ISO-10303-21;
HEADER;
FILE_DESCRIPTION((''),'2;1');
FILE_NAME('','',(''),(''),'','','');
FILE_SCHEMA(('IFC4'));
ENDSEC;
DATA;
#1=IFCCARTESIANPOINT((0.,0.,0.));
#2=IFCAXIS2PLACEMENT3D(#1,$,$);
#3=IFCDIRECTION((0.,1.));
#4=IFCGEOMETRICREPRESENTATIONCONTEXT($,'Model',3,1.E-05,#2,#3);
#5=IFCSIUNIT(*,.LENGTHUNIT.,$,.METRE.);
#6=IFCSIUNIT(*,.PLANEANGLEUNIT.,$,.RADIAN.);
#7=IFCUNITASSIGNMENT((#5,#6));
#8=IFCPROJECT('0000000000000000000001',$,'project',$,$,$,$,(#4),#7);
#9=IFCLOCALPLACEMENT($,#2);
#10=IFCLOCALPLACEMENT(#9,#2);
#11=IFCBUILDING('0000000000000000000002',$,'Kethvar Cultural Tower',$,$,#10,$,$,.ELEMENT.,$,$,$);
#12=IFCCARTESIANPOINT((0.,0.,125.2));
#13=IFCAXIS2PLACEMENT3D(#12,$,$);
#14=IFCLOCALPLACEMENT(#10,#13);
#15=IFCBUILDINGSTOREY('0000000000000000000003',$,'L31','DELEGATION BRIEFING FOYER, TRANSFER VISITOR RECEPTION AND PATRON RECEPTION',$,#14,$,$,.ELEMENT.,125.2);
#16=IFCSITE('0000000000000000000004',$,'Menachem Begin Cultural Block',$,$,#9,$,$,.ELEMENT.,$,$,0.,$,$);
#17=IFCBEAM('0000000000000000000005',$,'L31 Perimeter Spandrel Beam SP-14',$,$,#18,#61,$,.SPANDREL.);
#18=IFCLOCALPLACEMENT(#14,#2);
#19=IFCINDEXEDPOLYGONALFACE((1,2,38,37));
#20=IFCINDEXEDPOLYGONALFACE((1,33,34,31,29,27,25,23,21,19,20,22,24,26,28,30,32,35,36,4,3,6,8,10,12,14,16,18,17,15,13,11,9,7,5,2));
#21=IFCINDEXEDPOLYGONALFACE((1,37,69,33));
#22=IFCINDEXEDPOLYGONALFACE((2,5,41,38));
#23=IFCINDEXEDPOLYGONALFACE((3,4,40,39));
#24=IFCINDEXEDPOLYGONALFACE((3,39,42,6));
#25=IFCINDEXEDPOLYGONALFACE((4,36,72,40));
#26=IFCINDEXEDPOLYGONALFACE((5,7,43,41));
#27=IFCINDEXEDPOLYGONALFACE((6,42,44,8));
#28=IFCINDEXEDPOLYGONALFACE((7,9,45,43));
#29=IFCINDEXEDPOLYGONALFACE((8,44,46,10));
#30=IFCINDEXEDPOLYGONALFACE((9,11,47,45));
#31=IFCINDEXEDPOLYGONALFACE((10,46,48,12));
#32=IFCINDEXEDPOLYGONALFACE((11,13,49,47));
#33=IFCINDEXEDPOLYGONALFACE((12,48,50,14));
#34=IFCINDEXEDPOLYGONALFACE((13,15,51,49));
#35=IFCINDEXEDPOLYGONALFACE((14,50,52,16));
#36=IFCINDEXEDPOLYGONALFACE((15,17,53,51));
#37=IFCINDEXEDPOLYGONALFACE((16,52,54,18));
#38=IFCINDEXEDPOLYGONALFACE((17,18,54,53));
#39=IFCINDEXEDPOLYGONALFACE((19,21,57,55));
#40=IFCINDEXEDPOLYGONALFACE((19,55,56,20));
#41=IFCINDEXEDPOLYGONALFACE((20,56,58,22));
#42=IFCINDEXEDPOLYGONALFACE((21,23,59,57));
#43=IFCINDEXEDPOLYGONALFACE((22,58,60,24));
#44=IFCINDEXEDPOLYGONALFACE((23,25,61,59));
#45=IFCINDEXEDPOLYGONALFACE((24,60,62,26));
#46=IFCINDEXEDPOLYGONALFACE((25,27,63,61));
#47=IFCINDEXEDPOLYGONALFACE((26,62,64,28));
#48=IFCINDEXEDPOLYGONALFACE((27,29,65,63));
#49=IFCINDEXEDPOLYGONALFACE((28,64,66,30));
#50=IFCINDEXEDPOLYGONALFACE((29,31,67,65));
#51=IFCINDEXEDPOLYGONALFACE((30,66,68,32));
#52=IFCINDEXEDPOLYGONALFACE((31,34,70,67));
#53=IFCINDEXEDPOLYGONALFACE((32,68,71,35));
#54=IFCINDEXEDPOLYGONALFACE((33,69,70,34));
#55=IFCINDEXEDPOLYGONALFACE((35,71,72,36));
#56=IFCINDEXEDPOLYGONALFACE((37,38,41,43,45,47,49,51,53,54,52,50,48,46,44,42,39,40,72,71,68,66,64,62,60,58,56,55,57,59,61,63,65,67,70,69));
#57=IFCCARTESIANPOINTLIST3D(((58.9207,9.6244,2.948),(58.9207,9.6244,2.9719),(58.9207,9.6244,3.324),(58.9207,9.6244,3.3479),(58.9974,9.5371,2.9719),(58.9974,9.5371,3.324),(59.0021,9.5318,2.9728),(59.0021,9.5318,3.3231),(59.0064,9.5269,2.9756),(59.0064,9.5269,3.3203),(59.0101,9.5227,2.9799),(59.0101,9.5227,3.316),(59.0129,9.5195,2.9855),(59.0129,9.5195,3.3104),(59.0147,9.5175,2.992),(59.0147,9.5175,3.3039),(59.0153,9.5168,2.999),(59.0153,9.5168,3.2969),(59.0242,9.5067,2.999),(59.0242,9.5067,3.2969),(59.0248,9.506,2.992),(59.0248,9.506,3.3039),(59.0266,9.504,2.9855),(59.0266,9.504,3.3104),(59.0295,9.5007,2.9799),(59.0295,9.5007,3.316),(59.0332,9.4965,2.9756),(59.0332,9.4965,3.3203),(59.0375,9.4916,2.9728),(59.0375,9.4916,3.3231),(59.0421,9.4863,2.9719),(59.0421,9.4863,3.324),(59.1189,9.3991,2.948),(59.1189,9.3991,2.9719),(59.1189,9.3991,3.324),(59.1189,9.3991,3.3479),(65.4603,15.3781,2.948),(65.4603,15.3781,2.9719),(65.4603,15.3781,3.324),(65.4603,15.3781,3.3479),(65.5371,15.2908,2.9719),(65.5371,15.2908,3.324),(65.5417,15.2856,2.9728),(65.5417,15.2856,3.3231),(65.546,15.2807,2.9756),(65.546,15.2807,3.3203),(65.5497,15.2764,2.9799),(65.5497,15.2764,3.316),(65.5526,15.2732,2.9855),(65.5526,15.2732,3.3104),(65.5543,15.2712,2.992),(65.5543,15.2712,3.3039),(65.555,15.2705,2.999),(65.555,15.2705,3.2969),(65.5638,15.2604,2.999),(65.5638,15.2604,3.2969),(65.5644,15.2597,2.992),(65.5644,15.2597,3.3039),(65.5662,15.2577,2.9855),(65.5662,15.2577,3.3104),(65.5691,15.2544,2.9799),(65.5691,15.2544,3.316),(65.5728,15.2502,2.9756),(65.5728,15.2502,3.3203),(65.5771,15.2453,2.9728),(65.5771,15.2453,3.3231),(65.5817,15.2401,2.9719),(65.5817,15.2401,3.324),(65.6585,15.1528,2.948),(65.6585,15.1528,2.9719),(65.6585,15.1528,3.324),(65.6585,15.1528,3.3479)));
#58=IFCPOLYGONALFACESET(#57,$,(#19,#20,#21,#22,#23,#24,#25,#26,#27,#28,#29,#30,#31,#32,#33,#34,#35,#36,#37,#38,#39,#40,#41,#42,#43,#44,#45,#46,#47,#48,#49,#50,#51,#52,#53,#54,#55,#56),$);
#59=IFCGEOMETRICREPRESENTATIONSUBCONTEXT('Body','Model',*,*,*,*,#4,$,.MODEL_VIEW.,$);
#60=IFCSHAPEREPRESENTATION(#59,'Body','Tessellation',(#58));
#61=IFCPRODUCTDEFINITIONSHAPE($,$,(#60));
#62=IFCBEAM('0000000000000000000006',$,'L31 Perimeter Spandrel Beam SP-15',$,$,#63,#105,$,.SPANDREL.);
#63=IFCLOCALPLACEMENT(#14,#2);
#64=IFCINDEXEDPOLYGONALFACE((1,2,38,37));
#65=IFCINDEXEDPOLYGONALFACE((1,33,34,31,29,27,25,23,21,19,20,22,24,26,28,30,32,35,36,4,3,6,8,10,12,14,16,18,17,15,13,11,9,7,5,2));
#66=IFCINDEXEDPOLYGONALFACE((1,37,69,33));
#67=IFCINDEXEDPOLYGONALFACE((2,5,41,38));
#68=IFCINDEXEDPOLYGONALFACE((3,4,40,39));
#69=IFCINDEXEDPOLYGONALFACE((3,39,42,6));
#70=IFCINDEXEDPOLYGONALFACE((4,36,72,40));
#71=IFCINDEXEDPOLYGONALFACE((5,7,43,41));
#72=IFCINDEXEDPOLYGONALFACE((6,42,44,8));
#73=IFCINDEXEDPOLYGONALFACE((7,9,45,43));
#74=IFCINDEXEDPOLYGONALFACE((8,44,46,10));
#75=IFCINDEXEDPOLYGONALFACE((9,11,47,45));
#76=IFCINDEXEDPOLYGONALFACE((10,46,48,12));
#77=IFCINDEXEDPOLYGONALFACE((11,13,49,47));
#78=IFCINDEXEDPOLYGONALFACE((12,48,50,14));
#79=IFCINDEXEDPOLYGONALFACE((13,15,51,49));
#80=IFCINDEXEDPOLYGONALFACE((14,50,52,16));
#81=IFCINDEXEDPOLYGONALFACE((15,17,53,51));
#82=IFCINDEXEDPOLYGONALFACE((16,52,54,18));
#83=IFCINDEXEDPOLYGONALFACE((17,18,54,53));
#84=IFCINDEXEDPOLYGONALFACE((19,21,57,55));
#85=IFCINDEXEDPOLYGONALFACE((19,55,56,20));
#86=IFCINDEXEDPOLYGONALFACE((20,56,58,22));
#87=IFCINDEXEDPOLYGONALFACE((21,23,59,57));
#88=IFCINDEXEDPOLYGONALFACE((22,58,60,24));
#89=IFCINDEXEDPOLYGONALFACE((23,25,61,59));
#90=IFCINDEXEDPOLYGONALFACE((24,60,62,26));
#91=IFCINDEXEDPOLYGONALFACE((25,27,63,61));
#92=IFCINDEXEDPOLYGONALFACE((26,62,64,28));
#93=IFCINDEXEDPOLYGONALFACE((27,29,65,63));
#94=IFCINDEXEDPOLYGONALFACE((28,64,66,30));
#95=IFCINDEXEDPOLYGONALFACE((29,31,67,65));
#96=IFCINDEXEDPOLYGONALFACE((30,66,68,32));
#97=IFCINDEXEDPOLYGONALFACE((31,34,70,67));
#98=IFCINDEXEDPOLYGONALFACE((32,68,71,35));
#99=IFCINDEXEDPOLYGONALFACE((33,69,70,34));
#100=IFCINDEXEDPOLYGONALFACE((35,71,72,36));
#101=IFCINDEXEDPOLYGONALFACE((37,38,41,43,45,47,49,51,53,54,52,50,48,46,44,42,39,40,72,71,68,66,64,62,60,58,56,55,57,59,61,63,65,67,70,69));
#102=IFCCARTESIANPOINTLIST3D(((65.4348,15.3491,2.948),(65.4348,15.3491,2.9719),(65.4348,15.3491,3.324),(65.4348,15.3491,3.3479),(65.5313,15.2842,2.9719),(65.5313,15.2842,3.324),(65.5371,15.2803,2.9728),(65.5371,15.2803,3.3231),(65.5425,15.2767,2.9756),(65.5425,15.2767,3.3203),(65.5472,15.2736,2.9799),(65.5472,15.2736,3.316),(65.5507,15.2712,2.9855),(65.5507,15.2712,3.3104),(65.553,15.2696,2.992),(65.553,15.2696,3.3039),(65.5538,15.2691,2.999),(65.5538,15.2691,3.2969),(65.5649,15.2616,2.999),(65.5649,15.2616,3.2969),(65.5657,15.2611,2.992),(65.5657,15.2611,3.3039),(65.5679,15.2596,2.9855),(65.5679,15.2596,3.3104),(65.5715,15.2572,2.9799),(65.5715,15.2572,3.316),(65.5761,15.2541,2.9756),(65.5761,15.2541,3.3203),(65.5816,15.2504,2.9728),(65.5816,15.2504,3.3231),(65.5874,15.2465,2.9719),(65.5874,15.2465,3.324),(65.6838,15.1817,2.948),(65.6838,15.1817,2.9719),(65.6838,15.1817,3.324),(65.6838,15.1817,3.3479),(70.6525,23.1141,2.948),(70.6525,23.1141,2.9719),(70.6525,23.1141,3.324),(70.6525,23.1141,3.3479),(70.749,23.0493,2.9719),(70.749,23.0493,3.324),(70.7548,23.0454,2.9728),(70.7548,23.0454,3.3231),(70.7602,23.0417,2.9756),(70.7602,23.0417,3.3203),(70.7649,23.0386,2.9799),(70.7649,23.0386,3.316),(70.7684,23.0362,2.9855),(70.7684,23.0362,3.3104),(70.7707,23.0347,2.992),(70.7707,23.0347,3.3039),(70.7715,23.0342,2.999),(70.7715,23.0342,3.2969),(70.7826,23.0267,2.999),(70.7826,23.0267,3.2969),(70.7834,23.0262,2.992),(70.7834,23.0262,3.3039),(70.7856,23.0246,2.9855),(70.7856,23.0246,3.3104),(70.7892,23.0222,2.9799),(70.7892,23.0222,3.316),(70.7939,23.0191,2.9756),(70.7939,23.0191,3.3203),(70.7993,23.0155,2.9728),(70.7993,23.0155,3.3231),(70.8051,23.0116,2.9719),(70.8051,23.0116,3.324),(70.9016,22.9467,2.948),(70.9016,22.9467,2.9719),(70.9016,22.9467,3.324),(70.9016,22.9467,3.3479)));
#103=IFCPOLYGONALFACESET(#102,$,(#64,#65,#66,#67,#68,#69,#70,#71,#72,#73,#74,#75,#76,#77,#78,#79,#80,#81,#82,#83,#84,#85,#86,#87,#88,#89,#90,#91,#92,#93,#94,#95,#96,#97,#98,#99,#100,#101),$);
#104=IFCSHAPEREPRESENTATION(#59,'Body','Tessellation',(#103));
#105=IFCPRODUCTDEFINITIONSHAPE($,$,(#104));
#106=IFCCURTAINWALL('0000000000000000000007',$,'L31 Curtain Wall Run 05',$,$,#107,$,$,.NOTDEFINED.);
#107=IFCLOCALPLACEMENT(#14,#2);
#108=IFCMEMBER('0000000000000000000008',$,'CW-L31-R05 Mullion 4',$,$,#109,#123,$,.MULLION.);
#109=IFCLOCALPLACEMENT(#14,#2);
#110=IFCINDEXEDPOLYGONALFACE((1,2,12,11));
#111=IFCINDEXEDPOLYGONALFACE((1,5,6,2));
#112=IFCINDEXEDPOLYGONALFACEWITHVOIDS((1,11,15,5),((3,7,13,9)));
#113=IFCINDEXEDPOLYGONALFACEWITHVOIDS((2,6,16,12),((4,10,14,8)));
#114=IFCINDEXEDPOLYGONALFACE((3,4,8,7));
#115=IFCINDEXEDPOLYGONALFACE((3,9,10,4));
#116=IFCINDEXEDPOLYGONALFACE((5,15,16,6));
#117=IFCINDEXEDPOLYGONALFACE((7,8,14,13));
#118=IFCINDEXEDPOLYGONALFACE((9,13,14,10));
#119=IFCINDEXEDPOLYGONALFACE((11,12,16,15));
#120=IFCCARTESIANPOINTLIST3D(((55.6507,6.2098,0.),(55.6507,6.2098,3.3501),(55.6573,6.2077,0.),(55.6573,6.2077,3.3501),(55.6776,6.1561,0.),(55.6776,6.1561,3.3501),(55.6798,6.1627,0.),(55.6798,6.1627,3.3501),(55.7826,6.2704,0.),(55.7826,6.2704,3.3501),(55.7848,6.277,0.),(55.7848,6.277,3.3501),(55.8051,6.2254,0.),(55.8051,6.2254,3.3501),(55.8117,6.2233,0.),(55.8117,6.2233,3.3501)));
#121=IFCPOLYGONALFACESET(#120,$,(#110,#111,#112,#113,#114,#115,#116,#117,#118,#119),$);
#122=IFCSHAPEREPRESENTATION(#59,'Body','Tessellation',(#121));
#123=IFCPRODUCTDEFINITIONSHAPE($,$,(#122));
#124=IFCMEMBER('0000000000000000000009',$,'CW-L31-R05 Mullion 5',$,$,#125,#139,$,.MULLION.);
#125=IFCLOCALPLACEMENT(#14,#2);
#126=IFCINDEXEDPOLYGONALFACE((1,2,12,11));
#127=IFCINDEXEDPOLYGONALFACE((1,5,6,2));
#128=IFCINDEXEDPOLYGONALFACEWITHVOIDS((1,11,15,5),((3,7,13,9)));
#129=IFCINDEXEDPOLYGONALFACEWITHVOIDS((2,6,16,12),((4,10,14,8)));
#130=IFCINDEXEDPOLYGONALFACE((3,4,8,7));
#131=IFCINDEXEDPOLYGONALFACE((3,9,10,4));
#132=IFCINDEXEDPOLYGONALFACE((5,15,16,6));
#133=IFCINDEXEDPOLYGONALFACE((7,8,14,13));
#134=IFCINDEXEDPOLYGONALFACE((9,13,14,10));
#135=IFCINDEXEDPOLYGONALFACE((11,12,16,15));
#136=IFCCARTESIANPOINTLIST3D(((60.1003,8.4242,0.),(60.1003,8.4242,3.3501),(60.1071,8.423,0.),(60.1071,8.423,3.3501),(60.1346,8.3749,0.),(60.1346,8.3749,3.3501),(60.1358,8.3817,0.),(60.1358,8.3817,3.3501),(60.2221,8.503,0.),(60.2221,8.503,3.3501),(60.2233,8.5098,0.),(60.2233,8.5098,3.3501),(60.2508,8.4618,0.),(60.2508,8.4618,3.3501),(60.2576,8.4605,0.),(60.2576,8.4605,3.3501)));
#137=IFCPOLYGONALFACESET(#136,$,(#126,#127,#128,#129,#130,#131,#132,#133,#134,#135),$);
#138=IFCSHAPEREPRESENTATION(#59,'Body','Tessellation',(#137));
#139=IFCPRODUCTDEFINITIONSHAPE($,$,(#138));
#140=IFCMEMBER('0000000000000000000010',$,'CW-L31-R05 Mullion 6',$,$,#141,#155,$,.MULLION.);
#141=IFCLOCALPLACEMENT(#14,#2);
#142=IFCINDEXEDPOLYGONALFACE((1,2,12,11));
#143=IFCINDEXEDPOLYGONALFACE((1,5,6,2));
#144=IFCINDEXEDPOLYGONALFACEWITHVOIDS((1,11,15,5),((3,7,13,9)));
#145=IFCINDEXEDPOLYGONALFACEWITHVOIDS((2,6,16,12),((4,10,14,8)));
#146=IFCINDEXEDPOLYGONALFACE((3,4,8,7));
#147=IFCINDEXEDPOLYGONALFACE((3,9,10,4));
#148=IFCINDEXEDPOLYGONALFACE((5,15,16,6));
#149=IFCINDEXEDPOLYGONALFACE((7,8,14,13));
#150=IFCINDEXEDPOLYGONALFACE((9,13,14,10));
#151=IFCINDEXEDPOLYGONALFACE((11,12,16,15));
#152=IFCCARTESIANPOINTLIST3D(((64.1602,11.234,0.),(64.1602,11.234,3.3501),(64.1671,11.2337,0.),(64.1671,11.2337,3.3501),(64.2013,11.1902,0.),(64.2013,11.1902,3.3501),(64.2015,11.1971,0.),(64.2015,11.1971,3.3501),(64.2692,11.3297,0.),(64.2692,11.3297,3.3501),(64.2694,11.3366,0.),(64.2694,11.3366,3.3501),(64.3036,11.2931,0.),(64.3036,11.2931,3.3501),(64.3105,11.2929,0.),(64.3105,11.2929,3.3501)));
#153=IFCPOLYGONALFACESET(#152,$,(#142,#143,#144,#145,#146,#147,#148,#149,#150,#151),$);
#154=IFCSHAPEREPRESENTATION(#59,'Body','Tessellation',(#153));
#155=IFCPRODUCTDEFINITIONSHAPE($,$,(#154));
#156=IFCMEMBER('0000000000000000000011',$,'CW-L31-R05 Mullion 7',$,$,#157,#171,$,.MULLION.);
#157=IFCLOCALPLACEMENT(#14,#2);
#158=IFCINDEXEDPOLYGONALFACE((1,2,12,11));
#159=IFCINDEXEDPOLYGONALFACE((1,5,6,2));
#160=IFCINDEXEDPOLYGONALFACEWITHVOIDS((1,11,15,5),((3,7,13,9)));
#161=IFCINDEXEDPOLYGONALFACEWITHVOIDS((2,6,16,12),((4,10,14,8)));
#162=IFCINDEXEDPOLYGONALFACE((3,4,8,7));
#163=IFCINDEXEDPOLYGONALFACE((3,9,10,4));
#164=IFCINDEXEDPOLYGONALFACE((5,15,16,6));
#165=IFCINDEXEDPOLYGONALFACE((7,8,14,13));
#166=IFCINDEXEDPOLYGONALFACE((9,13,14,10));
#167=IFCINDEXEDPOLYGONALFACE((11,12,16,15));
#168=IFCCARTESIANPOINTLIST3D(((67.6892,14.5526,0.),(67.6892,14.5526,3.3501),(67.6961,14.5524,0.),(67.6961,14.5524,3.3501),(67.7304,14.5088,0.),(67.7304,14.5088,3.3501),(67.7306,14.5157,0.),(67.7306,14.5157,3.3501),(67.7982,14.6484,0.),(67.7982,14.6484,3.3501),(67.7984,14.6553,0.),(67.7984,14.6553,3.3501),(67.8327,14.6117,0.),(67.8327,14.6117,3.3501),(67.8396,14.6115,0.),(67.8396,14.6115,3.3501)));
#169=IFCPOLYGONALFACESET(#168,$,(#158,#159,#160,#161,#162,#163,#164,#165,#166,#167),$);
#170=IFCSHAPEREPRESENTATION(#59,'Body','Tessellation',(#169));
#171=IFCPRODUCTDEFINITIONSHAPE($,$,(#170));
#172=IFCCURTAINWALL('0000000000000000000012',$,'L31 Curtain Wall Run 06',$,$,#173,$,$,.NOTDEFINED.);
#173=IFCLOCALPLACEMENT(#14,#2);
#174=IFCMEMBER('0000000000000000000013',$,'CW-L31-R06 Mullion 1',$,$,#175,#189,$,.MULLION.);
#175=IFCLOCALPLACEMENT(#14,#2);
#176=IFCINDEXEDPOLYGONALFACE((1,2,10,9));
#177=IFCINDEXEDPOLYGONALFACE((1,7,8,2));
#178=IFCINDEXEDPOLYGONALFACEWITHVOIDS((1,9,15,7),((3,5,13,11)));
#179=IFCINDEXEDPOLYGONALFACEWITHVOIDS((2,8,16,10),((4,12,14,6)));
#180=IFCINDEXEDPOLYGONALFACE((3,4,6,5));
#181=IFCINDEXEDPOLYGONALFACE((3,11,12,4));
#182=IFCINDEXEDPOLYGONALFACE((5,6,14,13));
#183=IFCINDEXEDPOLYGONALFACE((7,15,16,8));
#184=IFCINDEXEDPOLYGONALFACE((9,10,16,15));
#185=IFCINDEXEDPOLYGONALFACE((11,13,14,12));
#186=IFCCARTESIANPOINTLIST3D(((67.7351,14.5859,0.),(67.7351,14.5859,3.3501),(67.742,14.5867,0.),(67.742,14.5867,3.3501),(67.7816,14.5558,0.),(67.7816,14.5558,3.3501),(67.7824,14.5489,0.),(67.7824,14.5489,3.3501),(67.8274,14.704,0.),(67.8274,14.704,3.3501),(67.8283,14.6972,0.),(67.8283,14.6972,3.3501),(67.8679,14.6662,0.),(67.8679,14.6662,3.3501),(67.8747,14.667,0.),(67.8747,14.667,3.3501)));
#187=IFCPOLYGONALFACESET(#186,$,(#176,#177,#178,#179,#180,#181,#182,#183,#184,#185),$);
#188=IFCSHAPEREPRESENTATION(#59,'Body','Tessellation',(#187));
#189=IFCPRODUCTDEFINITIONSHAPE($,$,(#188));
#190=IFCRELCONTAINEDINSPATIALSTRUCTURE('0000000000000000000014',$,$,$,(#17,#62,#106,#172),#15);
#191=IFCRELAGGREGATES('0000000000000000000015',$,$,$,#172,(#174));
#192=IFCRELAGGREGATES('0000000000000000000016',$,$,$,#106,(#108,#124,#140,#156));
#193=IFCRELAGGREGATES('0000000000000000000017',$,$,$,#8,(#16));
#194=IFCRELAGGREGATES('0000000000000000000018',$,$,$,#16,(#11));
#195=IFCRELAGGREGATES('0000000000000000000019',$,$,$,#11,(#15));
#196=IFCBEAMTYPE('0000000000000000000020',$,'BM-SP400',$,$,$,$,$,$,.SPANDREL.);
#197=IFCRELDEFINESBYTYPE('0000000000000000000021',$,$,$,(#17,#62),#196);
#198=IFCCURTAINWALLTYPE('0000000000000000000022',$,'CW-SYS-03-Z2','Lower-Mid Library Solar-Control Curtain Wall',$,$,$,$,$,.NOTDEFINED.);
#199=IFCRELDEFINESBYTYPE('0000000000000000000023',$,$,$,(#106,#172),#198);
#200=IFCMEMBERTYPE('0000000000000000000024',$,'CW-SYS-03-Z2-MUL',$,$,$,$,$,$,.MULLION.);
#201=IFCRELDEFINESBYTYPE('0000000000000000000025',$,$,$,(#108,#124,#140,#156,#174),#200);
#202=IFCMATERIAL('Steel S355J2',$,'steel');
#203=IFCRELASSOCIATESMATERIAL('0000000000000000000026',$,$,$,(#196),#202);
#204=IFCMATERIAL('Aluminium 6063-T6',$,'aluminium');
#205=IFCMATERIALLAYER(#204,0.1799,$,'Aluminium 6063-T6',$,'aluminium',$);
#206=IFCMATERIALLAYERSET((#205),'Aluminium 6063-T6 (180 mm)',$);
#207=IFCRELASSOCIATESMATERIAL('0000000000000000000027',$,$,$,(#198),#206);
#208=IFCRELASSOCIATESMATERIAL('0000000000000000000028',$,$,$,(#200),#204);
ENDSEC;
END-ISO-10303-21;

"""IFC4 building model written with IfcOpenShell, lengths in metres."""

from ifc_helpers import new_model, si_unit, direction, frame, origin, origin_2d, place, context, subcontext, project, spatial, hollow_rectangle, i_section, extrude, source, transform, mapped, material, layer, layer_set, material_profile, profile_set, type_object, element, aggregate, save


model = new_model("IFC4")

# Units and contexts
model_context = context("Model", 3, precision=1e-05, world=origin(), true_north=direction((0.0, 1.0)))
body_context = subcontext(model_context, "Body", "Model", "MODEL_VIEW")
ifc_project = project(units=[si_unit("LENGTHUNIT", "METRE"), si_unit("PLANEANGLEUNIT", "RADIAN")], contexts=[model_context])

# Site, building, storey
site_placement = place(None, origin())
site = spatial("IfcSite", under=ifc_project, at=site_placement, Name="Menachem Begin Cultural Block", CompositionType="ELEMENT", RefElevation=0.0)
building_placement = place(site_placement, origin())
building = spatial("IfcBuilding", under=site, at=building_placement, Name="Kethvar Cultural Tower", CompositionType="ELEMENT")
storey_placement = place(building_placement, frame((0.0, 0.0, 125.2)))
storey = spatial("IfcBuildingStorey", under=building, at=storey_placement, Name="L31", Description="DELEGATION BRIEFING FOYER, TRANSFER VISITOR RECEPTION AND PATRON RECEPTION", CompositionType="ELEMENT", Elevation=125.2)

# Beams
ifc_material_1 = material(Name="Steel S355J2", Category="steel")
ifc_material_profile_1 = material_profile(ifc_material_1, i_section(OverallWidth=0.3, OverallDepth=0.3999, WebThickness=0.0134, FlangeThickness=0.0239, FilletRadius=0.0271, at=origin_2d()), Name="Steel S355J2 — HEB400")
ifc_profile_set_1 = profile_set([ifc_material_profile_1], Name="Steel S355J2 — HEB400")
beam_type_1 = type_object("IfcBeamType", Name="BM-SP400", PredefinedType="SPANDREL", material=ifc_profile_set_1)
shared_shape_1 = source(origin(), body_context, "Body", "SweptSolid", [
    extrude(i_section(OverallWidth=0.3, OverallDepth=0.3999, WebThickness=0.0134, FlangeThickness=0.0239, FilletRadius=0.0271, at=origin_2d()), origin(), (0.0, 0.0, 1.0), 8.7104),
])
beam_1_placement = place(storey_placement, frame((59.0198, 9.5117, 3.1479), z_axis=(0.750779, 0.660554, 0.0), x_axis=(-0.660554, 0.750779, 0.0)))
element("IfcBeam", 1, at=beam_1_placement, inside=storey, type_object=beam_type_1, Name="L31 Perimeter Spandrel Beam SP-14", PredefinedType="SPANDREL", context=body_context, shape_type="MappedRepresentation", body=[
    mapped(shared_shape_1, transform((0.0, 0.0, 0.0), scale=1.0)),
])
shared_shape_2 = source(origin(), body_context, "Body", "SweptSolid", [
    extrude(i_section(OverallWidth=0.3, OverallDepth=0.3999, WebThickness=0.0134, FlangeThickness=0.0239, FilletRadius=0.0271, at=origin_2d()), origin(), (0.0, 0.0, 1.0), 9.3552),
])
beam_2_placement = place(storey_placement, frame((65.5593, 15.2654, 3.1479), z_axis=(0.557732, 0.830021, 0.0), x_axis=(-0.830021, 0.557732, 0.0)))
element("IfcBeam", 2, at=beam_2_placement, inside=storey, type_object=beam_type_1, Name="L31 Perimeter Spandrel Beam SP-15", PredefinedType="SPANDREL", context=body_context, shape_type="MappedRepresentation", body=[
    mapped(shared_shape_2, transform((0.0, 0.0, 0.0), scale=1.0)),
])

# Curtain wall, members
ifc_material_2 = material(Name="Aluminium 6063-T6", Category="aluminium")
ifc_layer_1 = layer(ifc_material_2, 0.1799, Name="Aluminium 6063-T6", Category="aluminium")
ifc_layer_set_1 = layer_set([ifc_layer_1], Name="Aluminium 6063-T6 (180 mm)")
curtain_wall_type = type_object("IfcCurtainWallType", Name="CW-SYS-03-Z2", Description="Lower-Mid Library Solar-Control Curtain Wall", PredefinedType="NOTDEFINED", material=ifc_layer_set_1)
curtain_wall_1_placement = place(storey_placement, origin())
curtain_wall_1 = element("IfcCurtainWall", 3, at=curtain_wall_1_placement, inside=storey, type_object=curtain_wall_type, Name="L31 Curtain Wall Run 05", PredefinedType="NOTDEFINED")
ifc_material_profile_2 = material_profile(ifc_material_2, hollow_rectangle(XDim=0.0601, YDim=0.1499, WallThickness=0.0049, at=origin_2d()), Name="Aluminium 6063-T6 — RHS150x60x5")
ifc_profile_set_2 = profile_set([ifc_material_profile_2], Name="Aluminium 6063-T6 — RHS150x60x5")
member_type_1 = type_object("IfcMemberType", Name="CW-SYS-03-Z2-MUL", PredefinedType="MULLION", material=ifc_profile_set_2)
shared_shape_3 = source(origin(), body_context, "Body", "SweptSolid", [
    extrude(hollow_rectangle(XDim=0.0601, YDim=0.1499, WallThickness=0.0049, at=origin_2d()), origin(), (0.0, 0.0, 1.0), 3.3501),
])
member_1_placement = place(storey_placement, frame((55.7312, 6.2166, 0.0), z_axis=(0.0, 0.0, 1.0), x_axis=(-0.447743, 0.894162, 0.0)))
member_1 = element("IfcMember", 4, at=member_1_placement, type_object=member_type_1, Name="CW-L31-R05 Mullion 4", PredefinedType="MULLION", context=body_context, shape_type="MappedRepresentation", body=[
    mapped(shared_shape_3, transform((0.0, 0.0, 0.0), scale=1.0)),
])
member_2_placement = place(storey_placement, frame((60.179, 8.4424, 0.0), z_axis=(0.0, 0.0, 1.0), x_axis=(-0.571172, 0.82083, 0.0)))
member_2 = element("IfcMember", 5, at=member_2_placement, type_object=member_type_1, Name="CW-L31-R05 Mullion 5", PredefinedType="MULLION", context=body_context, shape_type="MappedRepresentation", body=[
    mapped(shared_shape_3, transform((0.0, 0.0, 0.0), scale=1.0)),
])
member_3_placement = place(storey_placement, frame((64.2354, 11.2634, 0.0), z_axis=(0.0, 0.0, 1.0), x_axis=(-0.685043, 0.728503, 0.0)))
member_3 = element("IfcMember", 6, at=member_3_placement, type_object=member_type_1, Name="CW-L31-R05 Mullion 6", PredefinedType="MULLION", context=body_context, shape_type="MappedRepresentation", body=[
    mapped(shared_shape_3, transform((0.0, 0.0, 0.0), scale=1.0)),
])
member_4_placement = place(storey_placement, frame((67.7644, 14.582, 0.0), z_axis=(0.0, 0.0, 1.0), x_axis=(-0.685043, 0.728503, 0.0)))
member_4 = element("IfcMember", 7, at=member_4_placement, type_object=member_type_1, Name="CW-L31-R05 Mullion 7", PredefinedType="MULLION", context=body_context, shape_type="MappedRepresentation", body=[
    mapped(shared_shape_3, transform((0.0, 0.0, 0.0), scale=1.0)),
])

# Curtain wall, member
curtain_wall_2_placement = place(storey_placement, origin())
curtain_wall_2 = element("IfcCurtainWall", 8, at=curtain_wall_2_placement, inside=storey, type_object=curtain_wall_type, Name="L31 Curtain Wall Run 06", PredefinedType="NOTDEFINED")
member_5_placement = place(storey_placement, frame((67.8049, 14.6265, 0.0), z_axis=(0.0, 0.0, 1.0), x_axis=(-0.78786, 0.615854, 0.0)))
member_5 = element("IfcMember", 9, at=member_5_placement, type_object=member_type_1, Name="CW-L31-R06 Mullion 1", PredefinedType="MULLION", context=body_context, shape_type="MappedRepresentation", body=[
    mapped(shared_shape_3, transform((0.0, 0.0, 0.0), scale=1.0)),
])

aggregate(curtain_wall_2, [member_5])
aggregate(curtain_wall_1, [member_1, member_2, member_3, member_4])

save(model, "model.ifc")
